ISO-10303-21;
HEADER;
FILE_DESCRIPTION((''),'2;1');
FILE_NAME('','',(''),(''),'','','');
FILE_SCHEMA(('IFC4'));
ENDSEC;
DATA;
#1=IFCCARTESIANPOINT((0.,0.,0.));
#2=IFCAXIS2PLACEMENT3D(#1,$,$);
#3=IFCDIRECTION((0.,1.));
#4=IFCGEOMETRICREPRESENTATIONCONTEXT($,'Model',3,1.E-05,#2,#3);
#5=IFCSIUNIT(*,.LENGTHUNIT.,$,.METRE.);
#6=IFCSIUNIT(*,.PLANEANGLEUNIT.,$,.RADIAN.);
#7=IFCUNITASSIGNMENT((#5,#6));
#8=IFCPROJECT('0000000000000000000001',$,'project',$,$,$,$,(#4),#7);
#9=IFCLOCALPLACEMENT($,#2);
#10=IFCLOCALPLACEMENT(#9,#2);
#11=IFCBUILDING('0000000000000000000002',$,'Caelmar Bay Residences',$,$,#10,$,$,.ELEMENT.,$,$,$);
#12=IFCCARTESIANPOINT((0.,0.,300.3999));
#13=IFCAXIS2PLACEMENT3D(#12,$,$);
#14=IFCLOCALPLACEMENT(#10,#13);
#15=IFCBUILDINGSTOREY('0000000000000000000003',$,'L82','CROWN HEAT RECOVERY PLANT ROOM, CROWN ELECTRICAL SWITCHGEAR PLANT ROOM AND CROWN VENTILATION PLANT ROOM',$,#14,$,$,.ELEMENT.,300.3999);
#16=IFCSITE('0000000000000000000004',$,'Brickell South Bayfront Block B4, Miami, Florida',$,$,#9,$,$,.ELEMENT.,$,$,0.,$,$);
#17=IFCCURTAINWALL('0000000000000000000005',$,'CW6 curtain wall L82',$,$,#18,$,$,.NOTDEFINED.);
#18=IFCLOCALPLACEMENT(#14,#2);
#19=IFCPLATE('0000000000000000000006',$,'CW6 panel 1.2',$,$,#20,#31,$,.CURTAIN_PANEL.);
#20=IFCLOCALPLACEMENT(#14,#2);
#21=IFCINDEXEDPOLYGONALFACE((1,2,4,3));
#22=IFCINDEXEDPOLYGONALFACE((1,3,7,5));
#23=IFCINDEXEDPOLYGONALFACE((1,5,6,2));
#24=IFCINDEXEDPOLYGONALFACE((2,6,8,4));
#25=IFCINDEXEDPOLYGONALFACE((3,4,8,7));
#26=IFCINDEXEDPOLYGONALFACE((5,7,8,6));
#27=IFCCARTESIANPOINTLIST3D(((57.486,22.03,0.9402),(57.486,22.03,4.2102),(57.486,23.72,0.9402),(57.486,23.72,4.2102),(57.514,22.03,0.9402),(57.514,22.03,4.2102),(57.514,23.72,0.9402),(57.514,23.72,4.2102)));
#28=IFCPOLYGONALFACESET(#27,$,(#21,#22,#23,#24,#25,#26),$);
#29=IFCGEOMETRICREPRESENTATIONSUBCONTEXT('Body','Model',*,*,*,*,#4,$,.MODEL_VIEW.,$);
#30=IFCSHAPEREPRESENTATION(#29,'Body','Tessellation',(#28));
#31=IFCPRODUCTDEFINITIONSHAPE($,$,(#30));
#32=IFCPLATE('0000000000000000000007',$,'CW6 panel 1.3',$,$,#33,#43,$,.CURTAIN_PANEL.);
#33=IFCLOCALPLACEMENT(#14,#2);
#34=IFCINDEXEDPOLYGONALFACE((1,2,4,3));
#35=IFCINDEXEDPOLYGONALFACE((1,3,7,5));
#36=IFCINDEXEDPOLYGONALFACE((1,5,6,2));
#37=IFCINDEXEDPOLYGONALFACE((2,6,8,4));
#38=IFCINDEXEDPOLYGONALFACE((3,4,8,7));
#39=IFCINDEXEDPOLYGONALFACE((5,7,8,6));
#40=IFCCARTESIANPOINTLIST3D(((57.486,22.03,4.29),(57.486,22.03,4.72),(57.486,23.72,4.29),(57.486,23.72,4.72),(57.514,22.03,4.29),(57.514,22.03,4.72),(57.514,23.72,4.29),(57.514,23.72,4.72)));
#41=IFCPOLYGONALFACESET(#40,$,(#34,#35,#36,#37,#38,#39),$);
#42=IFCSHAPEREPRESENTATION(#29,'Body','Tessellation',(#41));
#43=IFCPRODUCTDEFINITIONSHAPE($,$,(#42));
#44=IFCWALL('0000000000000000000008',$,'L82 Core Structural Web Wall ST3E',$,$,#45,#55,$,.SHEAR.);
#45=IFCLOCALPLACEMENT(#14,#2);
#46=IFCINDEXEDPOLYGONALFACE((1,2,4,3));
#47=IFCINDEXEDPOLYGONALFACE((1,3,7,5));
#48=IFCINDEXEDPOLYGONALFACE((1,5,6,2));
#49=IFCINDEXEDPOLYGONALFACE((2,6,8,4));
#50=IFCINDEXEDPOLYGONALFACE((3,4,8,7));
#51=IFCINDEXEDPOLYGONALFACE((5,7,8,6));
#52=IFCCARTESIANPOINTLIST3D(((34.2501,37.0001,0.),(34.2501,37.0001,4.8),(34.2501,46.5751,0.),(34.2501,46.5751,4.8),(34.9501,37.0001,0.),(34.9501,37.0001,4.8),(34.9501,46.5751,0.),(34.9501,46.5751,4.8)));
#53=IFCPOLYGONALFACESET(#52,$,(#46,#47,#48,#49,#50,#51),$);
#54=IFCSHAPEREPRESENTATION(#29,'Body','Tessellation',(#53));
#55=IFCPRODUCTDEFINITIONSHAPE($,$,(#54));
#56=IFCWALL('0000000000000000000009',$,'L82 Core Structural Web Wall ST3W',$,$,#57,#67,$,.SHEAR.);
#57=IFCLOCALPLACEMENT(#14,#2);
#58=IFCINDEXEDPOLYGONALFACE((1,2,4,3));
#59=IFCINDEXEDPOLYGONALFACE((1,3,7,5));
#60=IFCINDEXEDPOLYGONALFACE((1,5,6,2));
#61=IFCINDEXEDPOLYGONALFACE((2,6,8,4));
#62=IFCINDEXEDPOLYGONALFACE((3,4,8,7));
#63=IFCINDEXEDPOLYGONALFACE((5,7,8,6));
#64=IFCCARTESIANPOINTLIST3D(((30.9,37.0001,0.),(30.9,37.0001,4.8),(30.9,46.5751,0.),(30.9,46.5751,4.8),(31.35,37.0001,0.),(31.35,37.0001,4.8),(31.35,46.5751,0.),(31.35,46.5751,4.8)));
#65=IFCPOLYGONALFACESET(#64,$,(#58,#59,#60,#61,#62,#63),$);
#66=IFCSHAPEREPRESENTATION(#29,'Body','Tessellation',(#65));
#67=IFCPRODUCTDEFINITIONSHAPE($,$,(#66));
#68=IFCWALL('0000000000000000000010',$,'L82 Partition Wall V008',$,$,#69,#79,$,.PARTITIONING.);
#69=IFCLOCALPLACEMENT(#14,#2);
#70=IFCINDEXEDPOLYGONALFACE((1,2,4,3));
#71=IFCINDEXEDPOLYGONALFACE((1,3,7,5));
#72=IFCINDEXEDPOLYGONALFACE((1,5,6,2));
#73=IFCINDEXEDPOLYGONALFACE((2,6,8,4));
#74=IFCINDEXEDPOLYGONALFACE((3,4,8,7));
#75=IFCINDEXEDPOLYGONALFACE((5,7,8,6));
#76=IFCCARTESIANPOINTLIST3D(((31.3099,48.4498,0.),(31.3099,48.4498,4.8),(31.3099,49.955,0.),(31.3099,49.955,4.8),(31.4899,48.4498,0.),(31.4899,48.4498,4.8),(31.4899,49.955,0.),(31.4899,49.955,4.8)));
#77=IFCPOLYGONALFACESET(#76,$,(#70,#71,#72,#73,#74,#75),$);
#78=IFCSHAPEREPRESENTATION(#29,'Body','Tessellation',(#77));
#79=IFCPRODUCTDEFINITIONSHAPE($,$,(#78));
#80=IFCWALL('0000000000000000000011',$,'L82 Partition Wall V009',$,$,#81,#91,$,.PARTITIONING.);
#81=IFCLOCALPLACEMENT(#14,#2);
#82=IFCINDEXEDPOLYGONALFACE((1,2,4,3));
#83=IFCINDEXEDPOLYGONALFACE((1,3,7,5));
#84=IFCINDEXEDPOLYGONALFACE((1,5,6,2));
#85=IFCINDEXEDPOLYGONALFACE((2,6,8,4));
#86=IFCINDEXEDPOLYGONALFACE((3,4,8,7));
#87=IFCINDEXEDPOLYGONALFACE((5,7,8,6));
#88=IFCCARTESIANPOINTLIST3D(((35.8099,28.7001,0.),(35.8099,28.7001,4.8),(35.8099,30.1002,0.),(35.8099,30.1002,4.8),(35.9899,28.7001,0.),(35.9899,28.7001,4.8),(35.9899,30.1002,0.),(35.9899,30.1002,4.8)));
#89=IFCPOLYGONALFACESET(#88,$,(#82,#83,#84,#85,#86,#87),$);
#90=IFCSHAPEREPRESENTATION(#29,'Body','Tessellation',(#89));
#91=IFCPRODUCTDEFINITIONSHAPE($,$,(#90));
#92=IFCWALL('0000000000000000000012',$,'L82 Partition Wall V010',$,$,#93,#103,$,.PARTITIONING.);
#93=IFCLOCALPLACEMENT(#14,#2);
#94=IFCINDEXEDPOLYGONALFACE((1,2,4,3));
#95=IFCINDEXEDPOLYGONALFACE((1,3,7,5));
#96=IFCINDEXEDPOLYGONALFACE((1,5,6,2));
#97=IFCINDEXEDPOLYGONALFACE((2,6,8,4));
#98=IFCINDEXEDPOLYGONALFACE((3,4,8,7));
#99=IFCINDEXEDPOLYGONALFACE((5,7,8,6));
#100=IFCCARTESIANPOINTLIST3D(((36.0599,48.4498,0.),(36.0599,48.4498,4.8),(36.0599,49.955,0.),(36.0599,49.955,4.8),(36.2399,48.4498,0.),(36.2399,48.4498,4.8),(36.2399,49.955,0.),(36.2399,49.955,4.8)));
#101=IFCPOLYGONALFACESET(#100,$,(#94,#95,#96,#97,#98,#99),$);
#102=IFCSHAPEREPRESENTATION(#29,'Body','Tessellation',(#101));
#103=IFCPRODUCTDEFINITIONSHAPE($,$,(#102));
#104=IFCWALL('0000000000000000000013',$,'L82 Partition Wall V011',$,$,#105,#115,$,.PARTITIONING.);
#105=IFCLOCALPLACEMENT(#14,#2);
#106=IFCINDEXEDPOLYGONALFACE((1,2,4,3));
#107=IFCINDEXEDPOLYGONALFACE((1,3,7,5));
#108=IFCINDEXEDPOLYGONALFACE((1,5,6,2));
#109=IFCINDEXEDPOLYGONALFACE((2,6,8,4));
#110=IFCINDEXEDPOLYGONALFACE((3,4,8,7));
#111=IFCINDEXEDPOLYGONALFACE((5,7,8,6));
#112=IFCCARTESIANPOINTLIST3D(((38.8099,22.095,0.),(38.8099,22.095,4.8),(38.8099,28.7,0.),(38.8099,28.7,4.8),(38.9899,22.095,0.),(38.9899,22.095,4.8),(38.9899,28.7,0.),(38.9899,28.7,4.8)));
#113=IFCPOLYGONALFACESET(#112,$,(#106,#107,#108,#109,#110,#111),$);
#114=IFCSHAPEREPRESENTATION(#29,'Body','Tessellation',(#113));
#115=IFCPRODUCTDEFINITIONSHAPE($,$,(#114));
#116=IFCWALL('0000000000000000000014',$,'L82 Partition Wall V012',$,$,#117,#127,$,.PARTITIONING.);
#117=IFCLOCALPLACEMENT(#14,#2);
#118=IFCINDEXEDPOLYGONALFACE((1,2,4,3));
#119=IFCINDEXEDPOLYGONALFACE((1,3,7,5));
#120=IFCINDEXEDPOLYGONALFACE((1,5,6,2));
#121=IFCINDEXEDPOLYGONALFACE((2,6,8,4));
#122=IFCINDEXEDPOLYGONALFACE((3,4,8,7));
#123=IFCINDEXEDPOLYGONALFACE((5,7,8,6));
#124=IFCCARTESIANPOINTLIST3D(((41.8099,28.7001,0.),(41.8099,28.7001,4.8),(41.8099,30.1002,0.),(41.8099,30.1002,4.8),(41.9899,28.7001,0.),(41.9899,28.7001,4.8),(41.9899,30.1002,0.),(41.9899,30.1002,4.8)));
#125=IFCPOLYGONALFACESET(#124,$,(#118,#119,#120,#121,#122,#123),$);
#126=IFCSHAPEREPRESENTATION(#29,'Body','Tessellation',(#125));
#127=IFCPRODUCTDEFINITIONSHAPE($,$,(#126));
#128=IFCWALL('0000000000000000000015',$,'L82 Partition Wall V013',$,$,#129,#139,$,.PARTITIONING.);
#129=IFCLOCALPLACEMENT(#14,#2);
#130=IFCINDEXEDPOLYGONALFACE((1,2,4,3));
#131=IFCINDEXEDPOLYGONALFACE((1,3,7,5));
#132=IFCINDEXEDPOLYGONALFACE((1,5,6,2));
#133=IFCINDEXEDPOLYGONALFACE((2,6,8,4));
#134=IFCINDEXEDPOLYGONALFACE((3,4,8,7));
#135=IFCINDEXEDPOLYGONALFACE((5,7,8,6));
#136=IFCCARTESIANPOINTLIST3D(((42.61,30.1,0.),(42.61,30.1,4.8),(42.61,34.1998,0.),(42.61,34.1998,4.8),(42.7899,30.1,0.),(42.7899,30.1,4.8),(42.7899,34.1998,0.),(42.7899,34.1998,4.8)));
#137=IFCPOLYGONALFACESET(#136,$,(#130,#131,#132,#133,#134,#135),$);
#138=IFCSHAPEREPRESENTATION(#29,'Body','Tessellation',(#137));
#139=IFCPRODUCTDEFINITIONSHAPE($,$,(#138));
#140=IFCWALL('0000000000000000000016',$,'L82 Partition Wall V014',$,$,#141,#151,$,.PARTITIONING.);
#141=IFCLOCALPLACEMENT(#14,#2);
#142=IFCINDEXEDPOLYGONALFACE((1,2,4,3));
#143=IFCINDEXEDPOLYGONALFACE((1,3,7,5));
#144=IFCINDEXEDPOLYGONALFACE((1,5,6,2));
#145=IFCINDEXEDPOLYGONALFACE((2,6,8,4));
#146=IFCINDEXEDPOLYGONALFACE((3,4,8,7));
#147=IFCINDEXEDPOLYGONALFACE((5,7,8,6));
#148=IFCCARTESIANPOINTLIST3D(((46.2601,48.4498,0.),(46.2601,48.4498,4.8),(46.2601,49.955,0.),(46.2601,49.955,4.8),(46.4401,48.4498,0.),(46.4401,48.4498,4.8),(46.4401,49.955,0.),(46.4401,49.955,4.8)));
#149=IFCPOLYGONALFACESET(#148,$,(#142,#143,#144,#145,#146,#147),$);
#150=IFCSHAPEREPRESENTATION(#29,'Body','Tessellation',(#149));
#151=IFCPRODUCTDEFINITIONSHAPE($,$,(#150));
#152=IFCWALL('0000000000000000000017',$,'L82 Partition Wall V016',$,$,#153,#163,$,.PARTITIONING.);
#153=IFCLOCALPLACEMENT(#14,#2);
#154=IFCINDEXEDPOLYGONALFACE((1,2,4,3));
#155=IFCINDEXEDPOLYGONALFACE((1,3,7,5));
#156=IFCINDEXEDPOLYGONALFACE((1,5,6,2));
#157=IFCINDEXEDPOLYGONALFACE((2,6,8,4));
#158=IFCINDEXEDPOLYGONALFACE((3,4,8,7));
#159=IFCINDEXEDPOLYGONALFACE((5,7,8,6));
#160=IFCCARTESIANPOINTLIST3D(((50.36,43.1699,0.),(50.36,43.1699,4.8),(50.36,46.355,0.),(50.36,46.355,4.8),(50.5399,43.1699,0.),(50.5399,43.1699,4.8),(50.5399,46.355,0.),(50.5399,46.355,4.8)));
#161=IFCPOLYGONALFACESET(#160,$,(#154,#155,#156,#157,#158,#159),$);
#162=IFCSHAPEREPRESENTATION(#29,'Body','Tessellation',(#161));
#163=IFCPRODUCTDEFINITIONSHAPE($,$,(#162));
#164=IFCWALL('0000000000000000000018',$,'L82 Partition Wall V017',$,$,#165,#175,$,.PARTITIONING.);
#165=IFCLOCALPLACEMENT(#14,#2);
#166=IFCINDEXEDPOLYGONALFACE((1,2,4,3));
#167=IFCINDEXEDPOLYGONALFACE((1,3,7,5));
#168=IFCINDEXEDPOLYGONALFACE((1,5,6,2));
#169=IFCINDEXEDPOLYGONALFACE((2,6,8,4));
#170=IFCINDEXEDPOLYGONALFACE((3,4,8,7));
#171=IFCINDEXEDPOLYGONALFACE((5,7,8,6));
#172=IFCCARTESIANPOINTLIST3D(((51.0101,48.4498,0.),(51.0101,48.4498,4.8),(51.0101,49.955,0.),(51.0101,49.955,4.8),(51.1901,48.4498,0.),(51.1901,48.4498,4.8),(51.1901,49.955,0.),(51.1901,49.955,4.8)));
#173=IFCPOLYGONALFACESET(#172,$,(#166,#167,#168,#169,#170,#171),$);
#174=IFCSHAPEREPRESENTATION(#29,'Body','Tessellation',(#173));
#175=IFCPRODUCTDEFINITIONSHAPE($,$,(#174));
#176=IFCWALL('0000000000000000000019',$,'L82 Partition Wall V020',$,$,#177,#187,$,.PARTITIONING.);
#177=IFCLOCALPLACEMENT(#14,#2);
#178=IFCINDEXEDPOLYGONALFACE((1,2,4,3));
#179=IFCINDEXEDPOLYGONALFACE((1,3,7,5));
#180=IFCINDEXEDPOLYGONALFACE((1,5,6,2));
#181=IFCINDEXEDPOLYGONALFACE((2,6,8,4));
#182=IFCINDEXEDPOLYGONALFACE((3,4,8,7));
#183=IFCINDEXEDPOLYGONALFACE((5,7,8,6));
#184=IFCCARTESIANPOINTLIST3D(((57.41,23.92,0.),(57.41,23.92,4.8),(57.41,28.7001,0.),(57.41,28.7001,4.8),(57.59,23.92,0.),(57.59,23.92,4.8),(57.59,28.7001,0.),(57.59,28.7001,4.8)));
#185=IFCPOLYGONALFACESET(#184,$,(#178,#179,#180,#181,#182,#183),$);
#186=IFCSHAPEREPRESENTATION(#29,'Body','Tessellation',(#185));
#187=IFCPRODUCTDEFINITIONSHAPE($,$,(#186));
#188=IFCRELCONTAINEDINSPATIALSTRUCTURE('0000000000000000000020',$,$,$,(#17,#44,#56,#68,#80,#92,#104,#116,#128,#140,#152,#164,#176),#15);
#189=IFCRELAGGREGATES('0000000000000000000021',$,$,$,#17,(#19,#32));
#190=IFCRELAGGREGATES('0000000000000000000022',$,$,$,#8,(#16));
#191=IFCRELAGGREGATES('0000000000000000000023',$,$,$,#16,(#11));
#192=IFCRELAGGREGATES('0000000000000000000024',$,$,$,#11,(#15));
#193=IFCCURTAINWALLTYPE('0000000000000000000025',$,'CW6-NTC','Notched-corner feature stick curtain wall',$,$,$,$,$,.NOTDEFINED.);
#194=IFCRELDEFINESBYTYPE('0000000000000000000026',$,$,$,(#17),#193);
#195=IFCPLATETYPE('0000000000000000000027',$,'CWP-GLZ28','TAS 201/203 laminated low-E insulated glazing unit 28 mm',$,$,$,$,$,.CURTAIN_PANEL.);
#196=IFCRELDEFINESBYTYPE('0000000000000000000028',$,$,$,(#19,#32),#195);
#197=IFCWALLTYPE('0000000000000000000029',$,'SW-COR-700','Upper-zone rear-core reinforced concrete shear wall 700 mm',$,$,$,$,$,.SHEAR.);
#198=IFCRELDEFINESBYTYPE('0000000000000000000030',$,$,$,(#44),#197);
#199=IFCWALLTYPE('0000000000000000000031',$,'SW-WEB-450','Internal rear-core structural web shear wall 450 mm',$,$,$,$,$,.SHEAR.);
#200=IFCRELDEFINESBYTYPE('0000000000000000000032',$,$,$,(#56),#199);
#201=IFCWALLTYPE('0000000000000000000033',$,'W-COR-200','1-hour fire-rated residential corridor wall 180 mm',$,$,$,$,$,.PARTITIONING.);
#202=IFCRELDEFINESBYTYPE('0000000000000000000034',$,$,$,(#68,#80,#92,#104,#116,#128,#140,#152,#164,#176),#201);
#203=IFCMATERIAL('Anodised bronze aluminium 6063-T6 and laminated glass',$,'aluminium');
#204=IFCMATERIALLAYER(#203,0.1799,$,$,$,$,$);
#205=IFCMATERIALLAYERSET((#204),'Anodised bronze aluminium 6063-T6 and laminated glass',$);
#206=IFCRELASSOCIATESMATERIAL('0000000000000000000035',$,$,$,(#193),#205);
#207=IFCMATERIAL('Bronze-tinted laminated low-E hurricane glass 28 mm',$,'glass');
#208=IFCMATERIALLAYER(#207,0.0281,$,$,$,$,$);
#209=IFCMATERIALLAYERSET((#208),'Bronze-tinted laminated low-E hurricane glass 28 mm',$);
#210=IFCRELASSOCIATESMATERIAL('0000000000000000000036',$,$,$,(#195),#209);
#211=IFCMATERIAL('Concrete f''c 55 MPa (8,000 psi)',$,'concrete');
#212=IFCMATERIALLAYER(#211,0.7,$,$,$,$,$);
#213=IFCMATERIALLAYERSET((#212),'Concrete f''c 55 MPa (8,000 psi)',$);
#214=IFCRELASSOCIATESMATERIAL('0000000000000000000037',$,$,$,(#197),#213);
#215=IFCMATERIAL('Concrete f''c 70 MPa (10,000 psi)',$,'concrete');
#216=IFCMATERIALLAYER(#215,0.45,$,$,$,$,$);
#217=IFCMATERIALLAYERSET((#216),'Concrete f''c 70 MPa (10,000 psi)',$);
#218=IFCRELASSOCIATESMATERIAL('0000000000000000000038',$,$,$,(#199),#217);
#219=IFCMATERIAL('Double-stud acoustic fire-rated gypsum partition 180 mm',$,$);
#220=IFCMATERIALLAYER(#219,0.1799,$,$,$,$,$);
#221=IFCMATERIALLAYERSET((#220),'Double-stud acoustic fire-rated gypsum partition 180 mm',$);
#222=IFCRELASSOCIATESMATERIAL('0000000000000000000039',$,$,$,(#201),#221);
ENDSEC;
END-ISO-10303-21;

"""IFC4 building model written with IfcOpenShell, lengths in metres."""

from ifc_helpers import new_model, si_unit, direction, frame, frame_2d, origin, origin_2d, place, context, subcontext, project, spatial, rectangle, extrude, material, layer, layer_set, type_object, element, aggregate, save


model = new_model("IFC4")

# Units and contexts
model_context = context("Model", 3, precision=1e-05, world=origin(), true_north=direction((0.0, 1.0)))
body_context = subcontext(model_context, "Body", "Model", "MODEL_VIEW")
ifc_project = project(units=[si_unit("LENGTHUNIT", "METRE"), si_unit("PLANEANGLEUNIT", "RADIAN")], contexts=[model_context])

# Site, building, storey
site_placement = place(None, origin())
site = spatial("IfcSite", under=ifc_project, at=site_placement, Name="Brickell South Bayfront Block B4, Miami, Florida", CompositionType="ELEMENT", RefElevation=0.0)
building_placement = place(site_placement, origin())
building = spatial("IfcBuilding", under=site, at=building_placement, Name="Caelmar Bay Residences", CompositionType="ELEMENT")
storey_placement = place(building_placement, frame((0.0, 0.0, 300.3999)))
storey = spatial("IfcBuildingStorey", under=building, at=storey_placement, Name="L82", Description="CROWN HEAT RECOVERY PLANT ROOM, CROWN ELECTRICAL SWITCHGEAR PLANT ROOM AND CROWN VENTILATION PLANT ROOM", CompositionType="ELEMENT", Elevation=300.3999)

# Shared definitions
ifc_material_1 = material(Name="Concrete f'c 55 MPa (8,000 psi)", Category="concrete")

# Curtain wall
ifc_material_2 = material(Name="Anodised bronze aluminium 6063-T6 and laminated glass", Category="aluminium")
ifc_layer_1 = layer(ifc_material_2, 0.1799)
ifc_layer_set_1 = layer_set([ifc_layer_1], Name="Anodised bronze aluminium 6063-T6 and laminated glass")
curtain_wall_type_1 = type_object("IfcCurtainWallType", Name="CW6-NTC", Description="Notched-corner feature stick curtain wall", PredefinedType="NOTDEFINED", material=ifc_layer_set_1)
curtain_wall_1_placement = place(storey_placement, origin())
curtain_wall_1 = element("IfcCurtainWall", 1, at=curtain_wall_1_placement, inside=storey, type_object=curtain_wall_type_1, Name="CW6 curtain wall L82", PredefinedType="NOTDEFINED")

# Plates
ifc_material_3 = material(Name="Bronze-tinted laminated low-E hurricane glass 28 mm", Category="glass")
ifc_layer_2 = layer(ifc_material_3, 0.0281)
ifc_layer_set_2 = layer_set([ifc_layer_2], Name="Bronze-tinted laminated low-E hurricane glass 28 mm")
plate_type = type_object("IfcPlateType", Name="CWP-GLZ28", Description="TAS 201/203 laminated low-E insulated glazing unit 28 mm", PredefinedType="CURTAIN_PANEL", material=ifc_layer_set_2)
plate_1_placement = place(storey_placement, frame((57.5, 22.875, 0.9402), z_axis=(0.0, 0.0, 1.0), x_axis=(0.0, 1.0, 0.0)))
plate_1 = element("IfcPlate", 2, at=plate_1_placement, type_object=plate_type, Name="CW6 panel 1.2", PredefinedType="CURTAIN_PANEL", context=body_context, shape_type="SweptSolid", body=[
    extrude(rectangle(XDim=1.6899, YDim=0.0281, at=origin_2d()), origin(), (0.0, 0.0, 1.0), 3.27),
])
plate_2_placement = place(storey_placement, frame((57.5, 22.875, 4.29), z_axis=(0.0, 0.0, 1.0), x_axis=(0.0, 1.0, 0.0)))
plate_2 = element("IfcPlate", 3, at=plate_2_placement, type_object=plate_type, Name="CW6 panel 1.3", PredefinedType="CURTAIN_PANEL", context=body_context, shape_type="SweptSolid", body=[
    extrude(rectangle(XDim=1.6899, YDim=0.0281, at=origin_2d()), origin(), (0.0, 0.0, 1.0), 0.4299),
])
aggregate(curtain_wall_1, [plate_1, plate_2])

# Shared definitions
ifc_layer_3 = layer(ifc_material_1, 0.7)
ifc_layer_set_3 = layer_set([ifc_layer_3], Name="Concrete f'c 55 MPa (8,000 psi)")
wall_type_1 = type_object("IfcWallType", Name="SW-COR-700", Description="Upper-zone rear-core reinforced concrete shear wall 700 mm", PredefinedType="SHEAR", material=ifc_layer_set_3)

# Walls
wall_1_placement = place(storey_placement, frame((34.6001, 37.0, 0.0), z_axis=(0.0, 0.0, 1.0), x_axis=(0.0, 1.0, 0.0)))
element("IfcWall", 4, at=wall_1_placement, inside=storey, type_object=wall_type_1, Name="L82 Core Structural Web Wall ST3E", PredefinedType="SHEAR", context=body_context, shape_type="SweptSolid", body=[
    extrude(rectangle(XDim=9.575, YDim=0.7, at=frame_2d((4.7876, 0.0))), origin(), (0.0, 0.0, 1.0), 4.8),
])
ifc_material_4 = material(Name="Concrete f'c 70 MPa (10,000 psi)", Category="concrete")
ifc_layer_4 = layer(ifc_material_4, 0.45)
ifc_layer_set_4 = layer_set([ifc_layer_4], Name="Concrete f'c 70 MPa (10,000 psi)")
wall_type_2 = type_object("IfcWallType", Name="SW-WEB-450", Description="Internal rear-core structural web shear wall 450 mm", PredefinedType="SHEAR", material=ifc_layer_set_4)
wall_2_placement = place(storey_placement, frame((31.125, 37.0, 0.0), z_axis=(0.0, 0.0, 1.0), x_axis=(0.0, 1.0, 0.0)))
element("IfcWall", 5, at=wall_2_placement, inside=storey, type_object=wall_type_2, Name="L82 Core Structural Web Wall ST3W", PredefinedType="SHEAR", context=body_context, shape_type="SweptSolid", body=[
    extrude(rectangle(XDim=9.575, YDim=0.45, at=frame_2d((4.7876, 0.0))), origin(), (0.0, 0.0, 1.0), 4.8),
])
ifc_material_5 = material(Name="Double-stud acoustic fire-rated gypsum partition 180 mm")
ifc_layer_5 = layer(ifc_material_5, 0.1799)
ifc_layer_set_5 = layer_set([ifc_layer_5], Name="Double-stud acoustic fire-rated gypsum partition 180 mm")
wall_type_3 = type_object("IfcWallType", Name="W-COR-200", Description="1-hour fire-rated residential corridor wall 180 mm", PredefinedType="PARTITIONING", material=ifc_layer_set_5)
wall_3_placement = place(storey_placement, frame((31.3999, 48.45, 0.0), z_axis=(0.0, 0.0, 1.0), x_axis=(0.0, 1.0, 0.0)))
element("IfcWall", 6, at=wall_3_placement, inside=storey, type_object=wall_type_3, Name="L82 Partition Wall V008", PredefinedType="PARTITIONING", context=body_context, shape_type="SweptSolid", body=[
    extrude(rectangle(XDim=1.5051, YDim=0.1799, at=frame_2d((0.7524, 0.0))), origin(), (0.0, 0.0, 1.0), 4.8),
])
wall_4_placement = place(storey_placement, frame((35.8999, 28.7, 0.0), z_axis=(0.0, 0.0, 1.0), x_axis=(0.0, 1.0, 0.0)))
element("IfcWall", 7, at=wall_4_placement, inside=storey, type_object=wall_type_3, Name="L82 Partition Wall V009", PredefinedType="PARTITIONING", context=body_context, shape_type="SweptSolid", body=[
    extrude(rectangle(XDim=1.4001, YDim=0.1799, at=frame_2d((0.7002, 0.0))), origin(), (0.0, 0.0, 1.0), 4.8),
])
wall_5_placement = place(storey_placement, frame((36.1499, 48.45, 0.0), z_axis=(0.0, 0.0, 1.0), x_axis=(0.0, 1.0, 0.0)))
element("IfcWall", 8, at=wall_5_placement, inside=storey, type_object=wall_type_3, Name="L82 Partition Wall V010", PredefinedType="PARTITIONING", context=body_context, shape_type="SweptSolid", body=[
    extrude(rectangle(XDim=1.5051, YDim=0.1799, at=frame_2d((0.7524, 0.0))), origin(), (0.0, 0.0, 1.0), 4.8),
])
wall_6_placement = place(storey_placement, frame((38.8999, 22.095, 0.0), z_axis=(0.0, 0.0, 1.0), x_axis=(0.0, 1.0, 0.0)))
element("IfcWall", 9, at=wall_6_placement, inside=storey, type_object=wall_type_3, Name="L82 Partition Wall V011", PredefinedType="PARTITIONING", context=body_context, shape_type="SweptSolid", body=[
    extrude(rectangle(XDim=6.605, YDim=0.1799, at=frame_2d((3.3025, 0.0))), origin(), (0.0, 0.0, 1.0), 4.8),
])
wall_7_placement = place(storey_placement, frame((41.8999, 28.7, 0.0), z_axis=(0.0, 0.0, 1.0), x_axis=(0.0, 1.0, 0.0)))
element("IfcWall", 10, at=wall_7_placement, inside=storey, type_object=wall_type_3, Name="L82 Partition Wall V012", PredefinedType="PARTITIONING", context=body_context, shape_type="SweptSolid", body=[
    extrude(rectangle(XDim=1.4001, YDim=0.1799, at=frame_2d((0.7002, 0.0))), origin(), (0.0, 0.0, 1.0), 4.8),
])
wall_8_placement = place(storey_placement, frame((42.7, 30.1001, 0.0), z_axis=(0.0, 0.0, 1.0), x_axis=(0.0, 1.0, 0.0)))
element("IfcWall", 11, at=wall_8_placement, inside=storey, type_object=wall_type_3, Name="L82 Partition Wall V013", PredefinedType="PARTITIONING", context=body_context, shape_type="SweptSolid", body=[
    extrude(rectangle(XDim=4.0999, YDim=0.1799, at=frame_2d((2.0498, 0.0))), origin(), (0.0, 0.0, 1.0), 4.8),
])
wall_9_placement = place(storey_placement, frame((46.3501, 48.45, 0.0), z_axis=(0.0, 0.0, 1.0), x_axis=(0.0, 1.0, 0.0)))
element("IfcWall", 12, at=wall_9_placement, inside=storey, type_object=wall_type_3, Name="L82 Partition Wall V014", PredefinedType="PARTITIONING", context=body_context, shape_type="SweptSolid", body=[
    extrude(rectangle(XDim=1.5051, YDim=0.1799, at=frame_2d((0.7524, 0.0))), origin(), (0.0, 0.0, 1.0), 4.8),
])
wall_10_placement = place(storey_placement, frame((50.45, 43.1699, 0.0), z_axis=(0.0, 0.0, 1.0), x_axis=(0.0, 1.0, 0.0)))
element("IfcWall", 13, at=wall_10_placement, inside=storey, type_object=wall_type_3, Name="L82 Partition Wall V016", PredefinedType="PARTITIONING", context=body_context, shape_type="SweptSolid", body=[
    extrude(rectangle(XDim=3.1851, YDim=0.1799, at=frame_2d((1.5925, 0.0))), origin(), (0.0, 0.0, 1.0), 4.8),
])
wall_11_placement = place(storey_placement, frame((51.1001, 48.45, 0.0), z_axis=(0.0, 0.0, 1.0), x_axis=(0.0, 1.0, 0.0)))
element("IfcWall", 14, at=wall_11_placement, inside=storey, type_object=wall_type_3, Name="L82 Partition Wall V017", PredefinedType="PARTITIONING", context=body_context, shape_type="SweptSolid", body=[
    extrude(rectangle(XDim=1.5051, YDim=0.1799, at=frame_2d((0.7524, 0.0))), origin(), (0.0, 0.0, 1.0), 4.8),
])
wall_12_placement = place(storey_placement, frame((57.5, 23.9199, 0.0), z_axis=(0.0, 0.0, 1.0), x_axis=(0.0, 1.0, 0.0)))
element("IfcWall", 15, at=wall_12_placement, inside=storey, type_object=wall_type_3, Name="L82 Partition Wall V020", PredefinedType="PARTITIONING", context=body_context, shape_type="SweptSolid", body=[
    extrude(rectangle(XDim=4.78, YDim=0.1799, at=frame_2d((2.3901, 0.0))), origin(), (0.0, 0.0, 1.0), 4.8),
])

save(model, "model.ifc")
